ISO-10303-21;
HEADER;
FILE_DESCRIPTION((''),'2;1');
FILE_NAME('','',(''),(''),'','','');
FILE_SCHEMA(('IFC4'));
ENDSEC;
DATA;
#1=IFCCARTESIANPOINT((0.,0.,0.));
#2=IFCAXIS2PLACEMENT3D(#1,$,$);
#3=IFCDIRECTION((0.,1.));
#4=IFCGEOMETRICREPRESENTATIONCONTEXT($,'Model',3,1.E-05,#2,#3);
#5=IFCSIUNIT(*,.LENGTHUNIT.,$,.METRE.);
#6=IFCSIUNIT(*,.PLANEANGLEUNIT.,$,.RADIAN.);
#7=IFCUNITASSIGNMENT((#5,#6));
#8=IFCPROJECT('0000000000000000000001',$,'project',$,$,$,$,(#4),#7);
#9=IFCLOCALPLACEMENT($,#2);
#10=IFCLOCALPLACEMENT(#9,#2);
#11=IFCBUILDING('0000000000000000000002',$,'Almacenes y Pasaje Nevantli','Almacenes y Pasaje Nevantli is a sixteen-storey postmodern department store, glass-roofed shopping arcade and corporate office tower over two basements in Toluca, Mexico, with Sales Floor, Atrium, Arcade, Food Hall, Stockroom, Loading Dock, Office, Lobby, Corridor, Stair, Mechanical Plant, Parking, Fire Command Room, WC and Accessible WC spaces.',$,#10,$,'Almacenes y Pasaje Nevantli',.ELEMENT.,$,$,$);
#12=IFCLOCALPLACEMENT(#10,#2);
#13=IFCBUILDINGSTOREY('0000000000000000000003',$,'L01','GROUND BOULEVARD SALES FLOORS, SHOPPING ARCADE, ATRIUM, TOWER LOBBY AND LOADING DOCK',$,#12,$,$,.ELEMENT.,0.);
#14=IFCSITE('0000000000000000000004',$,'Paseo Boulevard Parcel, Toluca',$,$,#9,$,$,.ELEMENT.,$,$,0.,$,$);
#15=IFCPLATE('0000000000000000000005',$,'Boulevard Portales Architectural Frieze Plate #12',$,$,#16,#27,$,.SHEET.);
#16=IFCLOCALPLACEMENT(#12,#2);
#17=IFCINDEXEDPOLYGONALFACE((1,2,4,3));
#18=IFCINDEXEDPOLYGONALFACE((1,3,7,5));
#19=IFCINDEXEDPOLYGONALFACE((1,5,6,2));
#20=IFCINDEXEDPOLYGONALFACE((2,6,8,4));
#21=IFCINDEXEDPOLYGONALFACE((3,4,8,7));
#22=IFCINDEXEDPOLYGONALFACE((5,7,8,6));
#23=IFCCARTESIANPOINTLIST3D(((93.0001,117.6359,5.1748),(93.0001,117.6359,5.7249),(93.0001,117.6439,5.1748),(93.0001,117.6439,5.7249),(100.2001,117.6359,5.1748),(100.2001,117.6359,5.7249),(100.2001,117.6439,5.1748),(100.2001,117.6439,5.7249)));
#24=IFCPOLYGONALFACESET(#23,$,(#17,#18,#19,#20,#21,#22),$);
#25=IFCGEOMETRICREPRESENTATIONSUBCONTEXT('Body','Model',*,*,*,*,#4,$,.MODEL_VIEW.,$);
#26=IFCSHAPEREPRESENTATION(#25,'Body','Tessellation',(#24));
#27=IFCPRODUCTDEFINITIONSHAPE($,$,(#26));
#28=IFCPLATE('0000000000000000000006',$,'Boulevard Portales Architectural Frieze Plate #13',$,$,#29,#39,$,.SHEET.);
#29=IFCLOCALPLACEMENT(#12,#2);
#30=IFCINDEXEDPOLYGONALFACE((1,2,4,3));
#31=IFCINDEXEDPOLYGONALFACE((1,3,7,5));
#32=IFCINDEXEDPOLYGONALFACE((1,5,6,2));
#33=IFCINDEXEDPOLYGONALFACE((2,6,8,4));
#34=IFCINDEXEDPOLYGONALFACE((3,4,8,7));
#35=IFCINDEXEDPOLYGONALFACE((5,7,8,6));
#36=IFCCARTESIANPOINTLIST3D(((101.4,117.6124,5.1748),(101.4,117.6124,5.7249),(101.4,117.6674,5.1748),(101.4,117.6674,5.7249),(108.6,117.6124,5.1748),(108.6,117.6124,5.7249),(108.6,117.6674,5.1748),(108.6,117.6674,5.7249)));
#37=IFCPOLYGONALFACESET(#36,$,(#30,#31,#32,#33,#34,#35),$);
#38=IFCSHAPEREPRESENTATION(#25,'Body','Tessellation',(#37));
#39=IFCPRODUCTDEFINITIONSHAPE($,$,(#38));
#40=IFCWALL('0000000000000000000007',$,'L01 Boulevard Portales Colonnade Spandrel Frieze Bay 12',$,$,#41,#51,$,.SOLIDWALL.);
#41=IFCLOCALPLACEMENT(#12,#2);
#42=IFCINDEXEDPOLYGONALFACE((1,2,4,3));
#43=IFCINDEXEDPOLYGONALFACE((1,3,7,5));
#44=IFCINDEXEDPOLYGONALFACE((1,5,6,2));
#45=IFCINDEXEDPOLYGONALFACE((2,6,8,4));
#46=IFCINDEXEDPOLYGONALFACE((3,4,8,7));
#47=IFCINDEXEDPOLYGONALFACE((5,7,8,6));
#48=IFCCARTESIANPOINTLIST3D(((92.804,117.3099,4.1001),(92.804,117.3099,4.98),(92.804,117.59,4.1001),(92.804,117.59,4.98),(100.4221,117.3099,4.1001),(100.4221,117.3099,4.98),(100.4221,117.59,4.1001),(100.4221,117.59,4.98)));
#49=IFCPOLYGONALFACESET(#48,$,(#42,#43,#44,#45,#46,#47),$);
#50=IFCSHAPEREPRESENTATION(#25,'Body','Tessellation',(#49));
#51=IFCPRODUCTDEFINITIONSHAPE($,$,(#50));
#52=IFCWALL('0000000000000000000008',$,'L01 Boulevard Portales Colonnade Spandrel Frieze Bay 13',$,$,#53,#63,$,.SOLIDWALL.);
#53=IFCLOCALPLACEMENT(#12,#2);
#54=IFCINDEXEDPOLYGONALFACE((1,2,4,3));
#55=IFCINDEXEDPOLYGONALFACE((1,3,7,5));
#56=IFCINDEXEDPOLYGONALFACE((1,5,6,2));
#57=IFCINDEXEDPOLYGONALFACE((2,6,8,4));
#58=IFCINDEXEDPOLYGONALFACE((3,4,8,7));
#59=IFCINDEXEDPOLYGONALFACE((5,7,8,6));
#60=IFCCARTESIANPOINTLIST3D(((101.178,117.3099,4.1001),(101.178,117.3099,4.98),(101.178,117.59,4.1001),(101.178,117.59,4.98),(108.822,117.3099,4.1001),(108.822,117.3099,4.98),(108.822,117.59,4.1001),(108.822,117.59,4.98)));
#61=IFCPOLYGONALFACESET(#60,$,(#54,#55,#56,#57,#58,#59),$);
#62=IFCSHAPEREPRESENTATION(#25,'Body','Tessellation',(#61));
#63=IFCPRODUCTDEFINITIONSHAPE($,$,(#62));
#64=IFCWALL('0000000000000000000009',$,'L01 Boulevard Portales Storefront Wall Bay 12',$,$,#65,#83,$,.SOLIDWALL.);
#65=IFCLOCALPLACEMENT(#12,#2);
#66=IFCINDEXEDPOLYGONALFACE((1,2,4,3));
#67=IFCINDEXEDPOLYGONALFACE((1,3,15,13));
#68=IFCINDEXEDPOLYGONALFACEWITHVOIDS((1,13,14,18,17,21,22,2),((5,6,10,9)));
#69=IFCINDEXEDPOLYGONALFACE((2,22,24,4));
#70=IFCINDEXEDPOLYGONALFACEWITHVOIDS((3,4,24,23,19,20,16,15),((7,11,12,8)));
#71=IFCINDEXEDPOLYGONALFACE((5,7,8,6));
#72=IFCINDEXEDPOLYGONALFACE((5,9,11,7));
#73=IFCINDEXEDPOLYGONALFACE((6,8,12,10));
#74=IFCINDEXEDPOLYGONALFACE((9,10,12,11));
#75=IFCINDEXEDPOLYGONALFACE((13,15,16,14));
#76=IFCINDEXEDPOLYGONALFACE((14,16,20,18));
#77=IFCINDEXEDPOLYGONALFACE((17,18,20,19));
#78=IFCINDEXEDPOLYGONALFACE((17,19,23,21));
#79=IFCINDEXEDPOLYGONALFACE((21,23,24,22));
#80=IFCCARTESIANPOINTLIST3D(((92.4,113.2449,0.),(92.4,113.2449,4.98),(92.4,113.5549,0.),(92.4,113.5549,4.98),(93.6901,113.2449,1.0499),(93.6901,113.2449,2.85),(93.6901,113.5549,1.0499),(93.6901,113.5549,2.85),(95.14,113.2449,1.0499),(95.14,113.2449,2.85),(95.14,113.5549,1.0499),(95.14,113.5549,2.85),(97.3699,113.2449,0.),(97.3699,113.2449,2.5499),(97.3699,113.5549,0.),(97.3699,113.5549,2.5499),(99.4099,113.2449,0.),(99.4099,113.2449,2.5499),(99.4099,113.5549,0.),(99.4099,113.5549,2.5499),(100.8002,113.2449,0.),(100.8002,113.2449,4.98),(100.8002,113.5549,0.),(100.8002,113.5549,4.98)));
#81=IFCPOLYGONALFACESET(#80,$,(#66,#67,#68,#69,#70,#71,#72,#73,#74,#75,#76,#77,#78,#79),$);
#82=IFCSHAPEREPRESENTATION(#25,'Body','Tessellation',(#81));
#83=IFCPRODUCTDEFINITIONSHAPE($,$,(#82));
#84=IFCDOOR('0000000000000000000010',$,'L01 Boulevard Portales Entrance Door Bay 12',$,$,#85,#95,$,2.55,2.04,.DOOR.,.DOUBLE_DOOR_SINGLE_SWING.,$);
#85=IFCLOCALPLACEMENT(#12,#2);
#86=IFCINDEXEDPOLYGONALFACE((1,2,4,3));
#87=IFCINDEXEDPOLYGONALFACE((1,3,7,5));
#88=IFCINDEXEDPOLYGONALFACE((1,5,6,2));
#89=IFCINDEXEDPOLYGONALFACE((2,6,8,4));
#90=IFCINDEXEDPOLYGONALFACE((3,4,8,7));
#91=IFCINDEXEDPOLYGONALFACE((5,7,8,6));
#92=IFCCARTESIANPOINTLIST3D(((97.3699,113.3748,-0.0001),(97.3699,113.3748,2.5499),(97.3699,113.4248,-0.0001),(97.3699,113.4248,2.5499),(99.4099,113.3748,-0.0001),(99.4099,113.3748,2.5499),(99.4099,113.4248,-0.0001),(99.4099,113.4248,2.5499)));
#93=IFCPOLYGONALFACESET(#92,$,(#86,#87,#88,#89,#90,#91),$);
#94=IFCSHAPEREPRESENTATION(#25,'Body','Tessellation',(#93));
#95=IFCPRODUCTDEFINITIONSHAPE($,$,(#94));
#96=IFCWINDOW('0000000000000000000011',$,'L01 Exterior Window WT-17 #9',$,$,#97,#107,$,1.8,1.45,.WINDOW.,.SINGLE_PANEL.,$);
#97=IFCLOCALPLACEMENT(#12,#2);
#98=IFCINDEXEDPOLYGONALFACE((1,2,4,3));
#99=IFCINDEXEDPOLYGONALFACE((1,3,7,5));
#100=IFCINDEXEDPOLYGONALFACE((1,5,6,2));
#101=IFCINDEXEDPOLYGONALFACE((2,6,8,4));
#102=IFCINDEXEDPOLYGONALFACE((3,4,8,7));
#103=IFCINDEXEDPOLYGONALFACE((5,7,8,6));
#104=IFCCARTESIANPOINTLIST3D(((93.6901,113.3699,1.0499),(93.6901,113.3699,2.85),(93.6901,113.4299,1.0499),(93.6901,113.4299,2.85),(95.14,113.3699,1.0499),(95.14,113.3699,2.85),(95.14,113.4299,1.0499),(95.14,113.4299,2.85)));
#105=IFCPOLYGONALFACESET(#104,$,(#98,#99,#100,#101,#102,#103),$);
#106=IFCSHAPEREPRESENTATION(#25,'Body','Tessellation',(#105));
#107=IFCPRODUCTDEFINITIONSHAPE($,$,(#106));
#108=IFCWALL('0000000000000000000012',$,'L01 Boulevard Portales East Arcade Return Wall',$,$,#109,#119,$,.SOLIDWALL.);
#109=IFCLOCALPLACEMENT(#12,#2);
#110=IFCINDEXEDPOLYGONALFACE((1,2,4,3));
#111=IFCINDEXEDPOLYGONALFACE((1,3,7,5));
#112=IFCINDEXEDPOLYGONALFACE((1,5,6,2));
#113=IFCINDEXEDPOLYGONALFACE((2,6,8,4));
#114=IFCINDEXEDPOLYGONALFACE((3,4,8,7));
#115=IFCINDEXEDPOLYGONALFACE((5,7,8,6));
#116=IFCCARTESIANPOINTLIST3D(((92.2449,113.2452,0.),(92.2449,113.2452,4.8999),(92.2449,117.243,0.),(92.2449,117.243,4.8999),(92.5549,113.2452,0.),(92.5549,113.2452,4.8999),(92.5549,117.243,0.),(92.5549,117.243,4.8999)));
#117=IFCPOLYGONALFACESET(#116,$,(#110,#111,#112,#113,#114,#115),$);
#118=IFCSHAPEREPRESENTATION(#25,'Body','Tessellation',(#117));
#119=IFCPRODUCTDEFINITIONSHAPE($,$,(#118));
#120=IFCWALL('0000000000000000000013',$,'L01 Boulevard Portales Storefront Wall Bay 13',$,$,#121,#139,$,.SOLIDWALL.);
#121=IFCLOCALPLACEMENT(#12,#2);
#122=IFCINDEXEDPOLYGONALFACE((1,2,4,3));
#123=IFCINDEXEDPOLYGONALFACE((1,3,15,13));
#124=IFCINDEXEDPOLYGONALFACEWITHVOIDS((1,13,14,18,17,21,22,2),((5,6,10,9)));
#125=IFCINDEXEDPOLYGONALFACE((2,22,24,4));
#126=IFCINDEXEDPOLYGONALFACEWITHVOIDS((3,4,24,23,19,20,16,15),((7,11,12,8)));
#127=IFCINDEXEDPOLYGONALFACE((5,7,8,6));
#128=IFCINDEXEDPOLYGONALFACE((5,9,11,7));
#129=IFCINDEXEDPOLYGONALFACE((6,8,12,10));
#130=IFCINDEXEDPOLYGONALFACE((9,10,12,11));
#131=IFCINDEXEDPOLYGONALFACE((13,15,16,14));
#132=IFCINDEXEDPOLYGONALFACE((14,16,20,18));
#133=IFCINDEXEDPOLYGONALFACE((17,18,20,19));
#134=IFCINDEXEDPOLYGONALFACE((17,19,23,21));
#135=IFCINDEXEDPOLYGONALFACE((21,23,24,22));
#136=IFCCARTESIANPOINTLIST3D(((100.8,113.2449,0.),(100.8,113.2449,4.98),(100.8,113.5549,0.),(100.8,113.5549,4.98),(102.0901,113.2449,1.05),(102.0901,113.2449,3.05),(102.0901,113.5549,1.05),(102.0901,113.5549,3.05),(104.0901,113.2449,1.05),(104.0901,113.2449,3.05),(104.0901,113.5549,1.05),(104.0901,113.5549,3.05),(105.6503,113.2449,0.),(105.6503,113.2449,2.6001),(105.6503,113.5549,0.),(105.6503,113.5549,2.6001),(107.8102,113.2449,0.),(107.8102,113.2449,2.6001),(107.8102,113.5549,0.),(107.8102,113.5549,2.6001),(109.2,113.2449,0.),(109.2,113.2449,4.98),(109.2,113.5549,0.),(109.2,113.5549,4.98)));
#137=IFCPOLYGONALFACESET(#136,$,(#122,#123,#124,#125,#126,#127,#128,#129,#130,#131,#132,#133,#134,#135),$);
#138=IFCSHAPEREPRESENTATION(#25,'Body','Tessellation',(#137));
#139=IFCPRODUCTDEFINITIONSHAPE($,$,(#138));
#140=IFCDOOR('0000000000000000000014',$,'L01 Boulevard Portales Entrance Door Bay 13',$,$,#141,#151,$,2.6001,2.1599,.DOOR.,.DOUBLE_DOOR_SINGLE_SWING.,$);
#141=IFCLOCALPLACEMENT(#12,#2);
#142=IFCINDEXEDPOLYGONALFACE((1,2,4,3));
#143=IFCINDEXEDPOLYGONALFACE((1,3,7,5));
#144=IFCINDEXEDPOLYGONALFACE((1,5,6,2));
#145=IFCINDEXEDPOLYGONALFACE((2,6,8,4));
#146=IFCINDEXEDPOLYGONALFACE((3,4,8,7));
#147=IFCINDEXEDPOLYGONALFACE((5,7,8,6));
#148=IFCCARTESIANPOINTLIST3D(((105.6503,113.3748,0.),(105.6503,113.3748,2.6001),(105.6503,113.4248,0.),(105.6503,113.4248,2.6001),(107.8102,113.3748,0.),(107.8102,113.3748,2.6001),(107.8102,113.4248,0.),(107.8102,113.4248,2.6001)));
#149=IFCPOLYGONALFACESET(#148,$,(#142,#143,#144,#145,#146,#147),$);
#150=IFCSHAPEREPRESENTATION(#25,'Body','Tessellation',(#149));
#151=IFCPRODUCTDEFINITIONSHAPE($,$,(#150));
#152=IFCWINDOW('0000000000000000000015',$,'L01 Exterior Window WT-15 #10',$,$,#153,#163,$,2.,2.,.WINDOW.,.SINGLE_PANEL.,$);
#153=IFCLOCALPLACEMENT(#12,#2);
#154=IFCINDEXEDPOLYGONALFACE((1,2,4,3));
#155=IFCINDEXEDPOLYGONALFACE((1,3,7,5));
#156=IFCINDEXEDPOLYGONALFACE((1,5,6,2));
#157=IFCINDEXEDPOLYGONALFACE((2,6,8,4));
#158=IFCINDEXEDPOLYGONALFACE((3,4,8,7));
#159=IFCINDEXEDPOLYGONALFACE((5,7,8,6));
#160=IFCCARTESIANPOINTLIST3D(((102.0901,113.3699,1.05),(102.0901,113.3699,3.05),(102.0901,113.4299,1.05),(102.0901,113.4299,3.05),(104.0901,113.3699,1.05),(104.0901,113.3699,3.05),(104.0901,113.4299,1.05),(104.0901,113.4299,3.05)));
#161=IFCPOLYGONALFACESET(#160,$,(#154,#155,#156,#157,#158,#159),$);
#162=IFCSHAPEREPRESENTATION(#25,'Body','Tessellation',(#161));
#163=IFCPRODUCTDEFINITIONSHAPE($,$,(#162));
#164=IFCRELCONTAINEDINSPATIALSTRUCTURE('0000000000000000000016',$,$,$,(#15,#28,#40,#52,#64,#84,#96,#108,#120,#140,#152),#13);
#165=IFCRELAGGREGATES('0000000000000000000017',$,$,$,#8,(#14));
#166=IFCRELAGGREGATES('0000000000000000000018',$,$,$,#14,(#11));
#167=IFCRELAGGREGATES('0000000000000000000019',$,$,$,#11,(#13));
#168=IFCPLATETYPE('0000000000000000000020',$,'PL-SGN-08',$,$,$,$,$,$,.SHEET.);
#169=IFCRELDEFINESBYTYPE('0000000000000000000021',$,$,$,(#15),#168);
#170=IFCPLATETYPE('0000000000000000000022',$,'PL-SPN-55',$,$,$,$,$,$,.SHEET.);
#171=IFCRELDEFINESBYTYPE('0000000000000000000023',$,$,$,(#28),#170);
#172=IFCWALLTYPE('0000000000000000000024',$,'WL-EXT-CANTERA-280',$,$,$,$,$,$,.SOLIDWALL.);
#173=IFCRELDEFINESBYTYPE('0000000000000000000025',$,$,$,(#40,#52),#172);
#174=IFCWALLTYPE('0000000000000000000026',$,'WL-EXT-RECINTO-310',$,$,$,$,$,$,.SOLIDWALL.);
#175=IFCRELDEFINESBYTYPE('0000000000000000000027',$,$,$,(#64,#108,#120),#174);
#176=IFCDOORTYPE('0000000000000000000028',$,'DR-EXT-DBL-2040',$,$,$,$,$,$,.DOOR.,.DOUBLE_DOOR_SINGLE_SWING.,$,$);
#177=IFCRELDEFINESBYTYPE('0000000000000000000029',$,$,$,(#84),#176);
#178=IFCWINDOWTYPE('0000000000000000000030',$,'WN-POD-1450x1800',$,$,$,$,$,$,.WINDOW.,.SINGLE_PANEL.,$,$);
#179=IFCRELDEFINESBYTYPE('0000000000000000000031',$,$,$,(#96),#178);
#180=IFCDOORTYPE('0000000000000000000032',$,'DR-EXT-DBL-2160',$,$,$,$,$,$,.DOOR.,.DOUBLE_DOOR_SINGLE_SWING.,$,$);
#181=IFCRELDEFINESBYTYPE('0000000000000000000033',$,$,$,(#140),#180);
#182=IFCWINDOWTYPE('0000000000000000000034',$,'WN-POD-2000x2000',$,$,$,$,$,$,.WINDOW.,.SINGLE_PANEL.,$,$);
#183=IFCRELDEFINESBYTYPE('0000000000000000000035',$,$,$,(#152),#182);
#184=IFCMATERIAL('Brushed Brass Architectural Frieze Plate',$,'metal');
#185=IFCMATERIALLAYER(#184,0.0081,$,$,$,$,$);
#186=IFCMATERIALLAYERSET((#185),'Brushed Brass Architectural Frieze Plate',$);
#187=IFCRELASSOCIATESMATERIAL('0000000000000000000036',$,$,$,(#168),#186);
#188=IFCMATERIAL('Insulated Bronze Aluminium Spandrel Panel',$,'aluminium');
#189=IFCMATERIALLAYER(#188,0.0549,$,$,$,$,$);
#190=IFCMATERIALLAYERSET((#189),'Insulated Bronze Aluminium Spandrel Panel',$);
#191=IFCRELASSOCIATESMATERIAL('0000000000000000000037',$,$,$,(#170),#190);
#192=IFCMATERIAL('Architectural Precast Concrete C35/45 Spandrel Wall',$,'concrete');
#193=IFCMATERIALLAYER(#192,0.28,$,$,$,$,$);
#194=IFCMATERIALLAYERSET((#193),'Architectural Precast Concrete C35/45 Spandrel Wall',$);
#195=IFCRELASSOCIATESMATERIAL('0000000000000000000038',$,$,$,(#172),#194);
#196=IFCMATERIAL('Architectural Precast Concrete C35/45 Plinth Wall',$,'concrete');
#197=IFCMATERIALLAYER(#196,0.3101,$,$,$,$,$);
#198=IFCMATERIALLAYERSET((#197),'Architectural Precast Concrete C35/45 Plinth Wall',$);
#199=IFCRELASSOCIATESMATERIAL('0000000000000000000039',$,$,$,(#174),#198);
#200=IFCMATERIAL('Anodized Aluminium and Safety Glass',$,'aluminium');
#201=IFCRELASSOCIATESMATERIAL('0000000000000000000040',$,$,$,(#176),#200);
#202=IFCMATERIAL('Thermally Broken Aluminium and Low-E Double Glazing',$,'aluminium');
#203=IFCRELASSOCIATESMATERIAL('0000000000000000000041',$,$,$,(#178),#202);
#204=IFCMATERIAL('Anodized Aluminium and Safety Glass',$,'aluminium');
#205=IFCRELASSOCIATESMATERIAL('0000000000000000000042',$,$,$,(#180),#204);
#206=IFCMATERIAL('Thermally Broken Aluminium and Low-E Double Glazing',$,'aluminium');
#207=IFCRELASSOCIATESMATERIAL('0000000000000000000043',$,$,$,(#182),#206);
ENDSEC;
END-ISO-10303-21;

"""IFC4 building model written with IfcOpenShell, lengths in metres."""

from ifc_helpers import new_model, si_unit, direction, frame, frame_2d, origin, origin_2d, place, context, subcontext, project, spatial, rectangle, extrude, material, layer, layer_set, type_object, element, fill, save


model = new_model("IFC4")

# Units and contexts
model_context = context("Model", 3, precision=1e-05, world=origin(), true_north=direction((0.0, 1.0)))
body_context = subcontext(model_context, "Body", "Model", "MODEL_VIEW")
ifc_project = project(units=[si_unit("LENGTHUNIT", "METRE"), si_unit("PLANEANGLEUNIT", "RADIAN")], contexts=[model_context])

# Site, building, storey
site_placement = place(None, origin())
site = spatial("IfcSite", under=ifc_project, at=site_placement, Name="Paseo Boulevard Parcel, Toluca", CompositionType="ELEMENT", RefElevation=0.0)
building_placement = place(site_placement, origin())
building = spatial("IfcBuilding", under=site, at=building_placement, Name="Almacenes y Pasaje Nevantli", Description="Almacenes y Pasaje Nevantli is a sixteen-storey postmodern department store, glass-roofed shopping arcade and corporate office tower over two basements in Toluca, Mexico, with Sales Floor, Atrium, Arcade, Food Hall, Stockroom, Loading Dock, Office, Lobby, Corridor, Stair, Mechanical Plant, Parking, Fire Command Room, WC and Accessible WC spaces.", LongName="Almacenes y Pasaje Nevantli", CompositionType="ELEMENT")
storey_placement = place(building_placement, origin())
storey = spatial("IfcBuildingStorey", under=building, at=storey_placement, Name="L01", Description="GROUND BOULEVARD SALES FLOORS, SHOPPING ARCADE, ATRIUM, TOWER LOBBY AND LOADING DOCK", CompositionType="ELEMENT", Elevation=0.0)

# Plates
ifc_material_1 = material(Name="Brushed Brass Architectural Frieze Plate", Category="metal")
ifc_layer_1 = layer(ifc_material_1, 0.0081)
ifc_layer_set_1 = layer_set([ifc_layer_1], Name="Brushed Brass Architectural Frieze Plate")
plate_type_1 = type_object("IfcPlateType", Name="PL-SGN-08", PredefinedType="SHEET", material=ifc_layer_set_1)
plate_1_placement = place(storey_placement, frame((96.6001, 117.6399, 5.1748), z_axis=(0.0, 0.0, 1.0), x_axis=(1.0, 0.0, 0.0)))
element("IfcPlate", 1, at=plate_1_placement, inside=storey, type_object=plate_type_1, Name="Boulevard Portales Architectural Frieze Plate #12", PredefinedType="SHEET", context=body_context, shape_type="SweptSolid", body=[
    extrude(rectangle(XDim=7.2, YDim=0.0081, at=origin_2d()), origin(), (0.0, 0.0, 1.0), 0.55),
])
ifc_material_2 = material(Name="Insulated Bronze Aluminium Spandrel Panel", Category="aluminium")
ifc_layer_2 = layer(ifc_material_2, 0.0549)
ifc_layer_set_2 = layer_set([ifc_layer_2], Name="Insulated Bronze Aluminium Spandrel Panel")
plate_type_2 = type_object("IfcPlateType", Name="PL-SPN-55", PredefinedType="SHEET", material=ifc_layer_set_2)
plate_2_placement = place(storey_placement, frame((105.0, 117.6399, 5.1748), z_axis=(0.0, 0.0, 1.0), x_axis=(1.0, 0.0, 0.0)))
element("IfcPlate", 2, at=plate_2_placement, inside=storey, type_object=plate_type_2, Name="Boulevard Portales Architectural Frieze Plate #13", PredefinedType="SHEET", context=body_context, shape_type="SweptSolid", body=[
    extrude(rectangle(XDim=7.2, YDim=0.0549, at=origin_2d()), origin(), (0.0, 0.0, 1.0), 0.55),
])

# Walls
ifc_material_3 = material(Name="Architectural Precast Concrete C35/45 Spandrel Wall", Category="concrete")
ifc_layer_3 = layer(ifc_material_3, 0.28)
ifc_layer_set_3 = layer_set([ifc_layer_3], Name="Architectural Precast Concrete C35/45 Spandrel Wall")
wall_type_1 = type_object("IfcWallType", Name="WL-EXT-CANTERA-280", PredefinedType="SOLIDWALL", material=ifc_layer_set_3)
wall_1_placement = place(storey_placement, frame((92.804, 117.45, 4.1001), z_axis=(0.0, 0.0, 1.0), x_axis=(1.0, 0.0, 0.0)))
element("IfcWall", 3, at=wall_1_placement, inside=storey, type_object=wall_type_1, Name="L01 Boulevard Portales Colonnade Spandrel Frieze Bay 12", PredefinedType="SOLIDWALL", context=body_context, shape_type="SweptSolid", body=[
    extrude(rectangle(XDim=7.6182, YDim=0.28, at=frame_2d((3.8091, 0.0))), origin(), (0.0, 0.0, 1.0), 0.8799),
])
wall_2_placement = place(storey_placement, frame((101.178, 117.45, 4.1001), z_axis=(0.0, 0.0, 1.0), x_axis=(1.0, 0.0, 0.0)))
element("IfcWall", 4, at=wall_2_placement, inside=storey, type_object=wall_type_1, Name="L01 Boulevard Portales Colonnade Spandrel Frieze Bay 13", PredefinedType="SOLIDWALL", context=body_context, shape_type="SweptSolid", body=[
    extrude(rectangle(XDim=7.644, YDim=0.28, at=frame_2d((3.822, 0.0))), origin(), (0.0, 0.0, 1.0), 0.8799),
])

# Wall, openings, door, window
ifc_material_4 = material(Name="Architectural Precast Concrete C35/45 Plinth Wall", Category="concrete")
ifc_layer_4 = layer(ifc_material_4, 0.3101)
ifc_layer_set_4 = layer_set([ifc_layer_4], Name="Architectural Precast Concrete C35/45 Plinth Wall")
wall_type_2 = type_object("IfcWallType", Name="WL-EXT-RECINTO-310", PredefinedType="SOLIDWALL", material=ifc_layer_set_4)
wall_3_placement = place(storey_placement, frame((92.3999, 113.3999, 0.0), z_axis=(0.0, 0.0, 1.0), x_axis=(1.0, 0.0, 0.0)))
wall_3 = element("IfcWall", 5, at=wall_3_placement, inside=storey, type_object=wall_type_2, Name="L01 Boulevard Portales Storefront Wall Bay 12", PredefinedType="SOLIDWALL", context=body_context, shape_type="SweptSolid", body=[
    extrude(rectangle(XDim=8.4001, YDim=0.3101, at=frame_2d((4.2002, 0.0))), origin(), (0.0, 0.0, 1.0), 4.98),
])
opening_1_placement = place(wall_3_placement, frame((1.29, 0.0, 1.05)))
opening_1 = element("IfcOpeningElement", 6, at=opening_1_placement, cuts=wall_3, PredefinedType="OPENING", context=body_context, shape_type="SweptSolid", body=[
    extrude(rectangle(XDim=1.45, YDim=1.8, at=frame_2d((0.7251, 0.8999))), frame((0.0, 0.165, 0.0), z_axis=(0.0, -1.0, 0.0), x_axis=(1.0, 0.0, 0.0)), (0.0, 0.0, 1.0), 0.3301),
])
opening_2_placement = place(wall_3_placement, frame((4.97, 0.0, 0.0)))
opening_2 = element("IfcOpeningElement", 7, at=opening_2_placement, cuts=wall_3, PredefinedType="OPENING", context=body_context, shape_type="SweptSolid", body=[
    extrude(rectangle(XDim=2.04, YDim=2.55, at=frame_2d((1.02, 1.2749))), frame((0.0, 0.165, 0.0), z_axis=(0.0, -1.0, 0.0), x_axis=(1.0, 0.0, 0.0)), (0.0, 0.0, 1.0), 0.3301),
])
ifc_material_5 = material(Name="Anodized Aluminium and Safety Glass", Category="aluminium")
door_type_1 = type_object("IfcDoorType", Name="DR-EXT-DBL-2040", OperationType="DOUBLE_DOOR_SINGLE_SWING", PredefinedType="DOOR", material=ifc_material_5)
door_1_placement = place(opening_2_placement, origin())
door_1 = element("IfcDoor", 8, at=door_1_placement, inside=storey, type_object=door_type_1, Name="L01 Boulevard Portales Entrance Door Bay 12", OperationType="DOUBLE_DOOR_SINGLE_SWING", OverallHeight=2.55, OverallWidth=2.04, PredefinedType="DOOR", context=body_context, shape_type="SweptSolid", body=[
    extrude(rectangle(XDim=2.04, YDim=2.55, at=frame_2d((1.02, 1.2749))), frame((0.0, 0.0249, 0.0), z_axis=(0.0, -1.0, 0.0), x_axis=(1.0, 0.0, 0.0)), (0.0, 0.0, 1.0), 0.05),
])
fill(opening_2, door_1)
ifc_material_6 = material(Name="Thermally Broken Aluminium and Low-E Double Glazing", Category="aluminium")
window_type_1 = type_object("IfcWindowType", Name="WN-POD-1450x1800", PartitioningType="SINGLE_PANEL", PredefinedType="WINDOW", material=ifc_material_6)
window_1_placement = place(opening_1_placement, origin())
window_1 = element("IfcWindow", 9, at=window_1_placement, inside=storey, type_object=window_type_1, Name="L01 Exterior Window WT-17 #9", OverallHeight=1.8, OverallWidth=1.45, PartitioningType="SINGLE_PANEL", PredefinedType="WINDOW", context=body_context, shape_type="SweptSolid", body=[
    extrude(rectangle(XDim=1.45, YDim=1.8, at=frame_2d((0.7251, 0.8999))), frame((0.0, 0.03, 0.0), z_axis=(0.0, -1.0, 0.0), x_axis=(1.0, 0.0, 0.0)), (0.0, 0.0, 1.0), 0.0601),
])
fill(opening_1, window_1)

# Wall
wall_4_placement = place(storey_placement, frame((92.3999, 113.2451, 0.0), z_axis=(0.0, 0.0, 1.0), x_axis=(0.0, 1.0, 0.0)))
element("IfcWall", 10, at=wall_4_placement, inside=storey, type_object=wall_type_2, Name="L01 Boulevard Portales East Arcade Return Wall", PredefinedType="SOLIDWALL", context=body_context, shape_type="SweptSolid", body=[
    extrude(rectangle(XDim=3.9978, YDim=0.3101, at=frame_2d((1.999, 0.0))), origin(), (0.0, 0.0, 1.0), 4.8999),
])

# Wall, openings, door, window
wall_5_placement = place(storey_placement, frame((100.8, 113.3999, 0.0), z_axis=(0.0, 0.0, 1.0), x_axis=(1.0, 0.0, 0.0)))
wall_5 = element("IfcWall", 11, at=wall_5_placement, inside=storey, type_object=wall_type_2, Name="L01 Boulevard Portales Storefront Wall Bay 13", PredefinedType="SOLIDWALL", context=body_context, shape_type="SweptSolid", body=[
    extrude(rectangle(XDim=8.3999, YDim=0.3101, at=frame_2d((4.2, 0.0))), origin(), (0.0, 0.0, 1.0), 4.98),
])
opening_3_placement = place(wall_5_placement, frame((1.29, 0.0, 1.05)))
opening_3 = element("IfcOpeningElement", 12, at=opening_3_placement, cuts=wall_5, PredefinedType="OPENING", context=body_context, shape_type="SweptSolid", body=[
    extrude(rectangle(XDim=2.0, YDim=2.0, at=frame_2d((1.0, 1.0))), frame((0.0, 0.165, 0.0), z_axis=(0.0, -1.0, 0.0), x_axis=(1.0, 0.0, 0.0)), (0.0, 0.0, 1.0), 0.3301),
])
opening_4_placement = place(wall_5_placement, frame((4.8501, 0.0, 0.0)))
opening_4 = element("IfcOpeningElement", 13, at=opening_4_placement, cuts=wall_5, PredefinedType="OPENING", context=body_context, shape_type="SweptSolid", body=[
    extrude(rectangle(XDim=2.1599, YDim=2.6001, at=frame_2d((1.0801, 1.3))), frame((0.0, 0.165, 0.0), z_axis=(0.0, -1.0, 0.0), x_axis=(1.0, 0.0, 0.0)), (0.0, 0.0, 1.0), 0.3301),
])
ifc_material_7 = material(Name="Anodized Aluminium and Safety Glass", Category="aluminium")
door_type_2 = type_object("IfcDoorType", Name="DR-EXT-DBL-2160", OperationType="DOUBLE_DOOR_SINGLE_SWING", PredefinedType="DOOR", material=ifc_material_7)
door_2_placement = place(opening_4_placement, origin())
door_2 = element("IfcDoor", 14, at=door_2_placement, inside=storey, type_object=door_type_2, Name="L01 Boulevard Portales Entrance Door Bay 13", OperationType="DOUBLE_DOOR_SINGLE_SWING", OverallHeight=2.6001, OverallWidth=2.1599, PredefinedType="DOOR", context=body_context, shape_type="SweptSolid", body=[
    extrude(rectangle(XDim=2.1599, YDim=2.6001, at=frame_2d((1.0801, 1.3))), frame((0.0, 0.0249, 0.0), z_axis=(0.0, -1.0, 0.0), x_axis=(1.0, 0.0, 0.0)), (0.0, 0.0, 1.0), 0.05),
])
fill(opening_4, door_2)
ifc_material_8 = material(Name="Thermally Broken Aluminium and Low-E Double Glazing", Category="aluminium")
window_type_2 = type_object("IfcWindowType", Name="WN-POD-2000x2000", PartitioningType="SINGLE_PANEL", PredefinedType="WINDOW", material=ifc_material_8)
window_2_placement = place(opening_3_placement, origin())
window_2 = element("IfcWindow", 15, at=window_2_placement, inside=storey, type_object=window_type_2, Name="L01 Exterior Window WT-15 #10", OverallHeight=2.0, OverallWidth=2.0, PartitioningType="SINGLE_PANEL", PredefinedType="WINDOW", context=body_context, shape_type="SweptSolid", body=[
    extrude(rectangle(XDim=2.0, YDim=2.0, at=frame_2d((1.0, 1.0))), frame((0.0, 0.03, 0.0), z_axis=(0.0, -1.0, 0.0), x_axis=(1.0, 0.0, 0.0)), (0.0, 0.0, 1.0), 0.0601),
])
fill(opening_3, window_2)

save(model, "model.ifc")
